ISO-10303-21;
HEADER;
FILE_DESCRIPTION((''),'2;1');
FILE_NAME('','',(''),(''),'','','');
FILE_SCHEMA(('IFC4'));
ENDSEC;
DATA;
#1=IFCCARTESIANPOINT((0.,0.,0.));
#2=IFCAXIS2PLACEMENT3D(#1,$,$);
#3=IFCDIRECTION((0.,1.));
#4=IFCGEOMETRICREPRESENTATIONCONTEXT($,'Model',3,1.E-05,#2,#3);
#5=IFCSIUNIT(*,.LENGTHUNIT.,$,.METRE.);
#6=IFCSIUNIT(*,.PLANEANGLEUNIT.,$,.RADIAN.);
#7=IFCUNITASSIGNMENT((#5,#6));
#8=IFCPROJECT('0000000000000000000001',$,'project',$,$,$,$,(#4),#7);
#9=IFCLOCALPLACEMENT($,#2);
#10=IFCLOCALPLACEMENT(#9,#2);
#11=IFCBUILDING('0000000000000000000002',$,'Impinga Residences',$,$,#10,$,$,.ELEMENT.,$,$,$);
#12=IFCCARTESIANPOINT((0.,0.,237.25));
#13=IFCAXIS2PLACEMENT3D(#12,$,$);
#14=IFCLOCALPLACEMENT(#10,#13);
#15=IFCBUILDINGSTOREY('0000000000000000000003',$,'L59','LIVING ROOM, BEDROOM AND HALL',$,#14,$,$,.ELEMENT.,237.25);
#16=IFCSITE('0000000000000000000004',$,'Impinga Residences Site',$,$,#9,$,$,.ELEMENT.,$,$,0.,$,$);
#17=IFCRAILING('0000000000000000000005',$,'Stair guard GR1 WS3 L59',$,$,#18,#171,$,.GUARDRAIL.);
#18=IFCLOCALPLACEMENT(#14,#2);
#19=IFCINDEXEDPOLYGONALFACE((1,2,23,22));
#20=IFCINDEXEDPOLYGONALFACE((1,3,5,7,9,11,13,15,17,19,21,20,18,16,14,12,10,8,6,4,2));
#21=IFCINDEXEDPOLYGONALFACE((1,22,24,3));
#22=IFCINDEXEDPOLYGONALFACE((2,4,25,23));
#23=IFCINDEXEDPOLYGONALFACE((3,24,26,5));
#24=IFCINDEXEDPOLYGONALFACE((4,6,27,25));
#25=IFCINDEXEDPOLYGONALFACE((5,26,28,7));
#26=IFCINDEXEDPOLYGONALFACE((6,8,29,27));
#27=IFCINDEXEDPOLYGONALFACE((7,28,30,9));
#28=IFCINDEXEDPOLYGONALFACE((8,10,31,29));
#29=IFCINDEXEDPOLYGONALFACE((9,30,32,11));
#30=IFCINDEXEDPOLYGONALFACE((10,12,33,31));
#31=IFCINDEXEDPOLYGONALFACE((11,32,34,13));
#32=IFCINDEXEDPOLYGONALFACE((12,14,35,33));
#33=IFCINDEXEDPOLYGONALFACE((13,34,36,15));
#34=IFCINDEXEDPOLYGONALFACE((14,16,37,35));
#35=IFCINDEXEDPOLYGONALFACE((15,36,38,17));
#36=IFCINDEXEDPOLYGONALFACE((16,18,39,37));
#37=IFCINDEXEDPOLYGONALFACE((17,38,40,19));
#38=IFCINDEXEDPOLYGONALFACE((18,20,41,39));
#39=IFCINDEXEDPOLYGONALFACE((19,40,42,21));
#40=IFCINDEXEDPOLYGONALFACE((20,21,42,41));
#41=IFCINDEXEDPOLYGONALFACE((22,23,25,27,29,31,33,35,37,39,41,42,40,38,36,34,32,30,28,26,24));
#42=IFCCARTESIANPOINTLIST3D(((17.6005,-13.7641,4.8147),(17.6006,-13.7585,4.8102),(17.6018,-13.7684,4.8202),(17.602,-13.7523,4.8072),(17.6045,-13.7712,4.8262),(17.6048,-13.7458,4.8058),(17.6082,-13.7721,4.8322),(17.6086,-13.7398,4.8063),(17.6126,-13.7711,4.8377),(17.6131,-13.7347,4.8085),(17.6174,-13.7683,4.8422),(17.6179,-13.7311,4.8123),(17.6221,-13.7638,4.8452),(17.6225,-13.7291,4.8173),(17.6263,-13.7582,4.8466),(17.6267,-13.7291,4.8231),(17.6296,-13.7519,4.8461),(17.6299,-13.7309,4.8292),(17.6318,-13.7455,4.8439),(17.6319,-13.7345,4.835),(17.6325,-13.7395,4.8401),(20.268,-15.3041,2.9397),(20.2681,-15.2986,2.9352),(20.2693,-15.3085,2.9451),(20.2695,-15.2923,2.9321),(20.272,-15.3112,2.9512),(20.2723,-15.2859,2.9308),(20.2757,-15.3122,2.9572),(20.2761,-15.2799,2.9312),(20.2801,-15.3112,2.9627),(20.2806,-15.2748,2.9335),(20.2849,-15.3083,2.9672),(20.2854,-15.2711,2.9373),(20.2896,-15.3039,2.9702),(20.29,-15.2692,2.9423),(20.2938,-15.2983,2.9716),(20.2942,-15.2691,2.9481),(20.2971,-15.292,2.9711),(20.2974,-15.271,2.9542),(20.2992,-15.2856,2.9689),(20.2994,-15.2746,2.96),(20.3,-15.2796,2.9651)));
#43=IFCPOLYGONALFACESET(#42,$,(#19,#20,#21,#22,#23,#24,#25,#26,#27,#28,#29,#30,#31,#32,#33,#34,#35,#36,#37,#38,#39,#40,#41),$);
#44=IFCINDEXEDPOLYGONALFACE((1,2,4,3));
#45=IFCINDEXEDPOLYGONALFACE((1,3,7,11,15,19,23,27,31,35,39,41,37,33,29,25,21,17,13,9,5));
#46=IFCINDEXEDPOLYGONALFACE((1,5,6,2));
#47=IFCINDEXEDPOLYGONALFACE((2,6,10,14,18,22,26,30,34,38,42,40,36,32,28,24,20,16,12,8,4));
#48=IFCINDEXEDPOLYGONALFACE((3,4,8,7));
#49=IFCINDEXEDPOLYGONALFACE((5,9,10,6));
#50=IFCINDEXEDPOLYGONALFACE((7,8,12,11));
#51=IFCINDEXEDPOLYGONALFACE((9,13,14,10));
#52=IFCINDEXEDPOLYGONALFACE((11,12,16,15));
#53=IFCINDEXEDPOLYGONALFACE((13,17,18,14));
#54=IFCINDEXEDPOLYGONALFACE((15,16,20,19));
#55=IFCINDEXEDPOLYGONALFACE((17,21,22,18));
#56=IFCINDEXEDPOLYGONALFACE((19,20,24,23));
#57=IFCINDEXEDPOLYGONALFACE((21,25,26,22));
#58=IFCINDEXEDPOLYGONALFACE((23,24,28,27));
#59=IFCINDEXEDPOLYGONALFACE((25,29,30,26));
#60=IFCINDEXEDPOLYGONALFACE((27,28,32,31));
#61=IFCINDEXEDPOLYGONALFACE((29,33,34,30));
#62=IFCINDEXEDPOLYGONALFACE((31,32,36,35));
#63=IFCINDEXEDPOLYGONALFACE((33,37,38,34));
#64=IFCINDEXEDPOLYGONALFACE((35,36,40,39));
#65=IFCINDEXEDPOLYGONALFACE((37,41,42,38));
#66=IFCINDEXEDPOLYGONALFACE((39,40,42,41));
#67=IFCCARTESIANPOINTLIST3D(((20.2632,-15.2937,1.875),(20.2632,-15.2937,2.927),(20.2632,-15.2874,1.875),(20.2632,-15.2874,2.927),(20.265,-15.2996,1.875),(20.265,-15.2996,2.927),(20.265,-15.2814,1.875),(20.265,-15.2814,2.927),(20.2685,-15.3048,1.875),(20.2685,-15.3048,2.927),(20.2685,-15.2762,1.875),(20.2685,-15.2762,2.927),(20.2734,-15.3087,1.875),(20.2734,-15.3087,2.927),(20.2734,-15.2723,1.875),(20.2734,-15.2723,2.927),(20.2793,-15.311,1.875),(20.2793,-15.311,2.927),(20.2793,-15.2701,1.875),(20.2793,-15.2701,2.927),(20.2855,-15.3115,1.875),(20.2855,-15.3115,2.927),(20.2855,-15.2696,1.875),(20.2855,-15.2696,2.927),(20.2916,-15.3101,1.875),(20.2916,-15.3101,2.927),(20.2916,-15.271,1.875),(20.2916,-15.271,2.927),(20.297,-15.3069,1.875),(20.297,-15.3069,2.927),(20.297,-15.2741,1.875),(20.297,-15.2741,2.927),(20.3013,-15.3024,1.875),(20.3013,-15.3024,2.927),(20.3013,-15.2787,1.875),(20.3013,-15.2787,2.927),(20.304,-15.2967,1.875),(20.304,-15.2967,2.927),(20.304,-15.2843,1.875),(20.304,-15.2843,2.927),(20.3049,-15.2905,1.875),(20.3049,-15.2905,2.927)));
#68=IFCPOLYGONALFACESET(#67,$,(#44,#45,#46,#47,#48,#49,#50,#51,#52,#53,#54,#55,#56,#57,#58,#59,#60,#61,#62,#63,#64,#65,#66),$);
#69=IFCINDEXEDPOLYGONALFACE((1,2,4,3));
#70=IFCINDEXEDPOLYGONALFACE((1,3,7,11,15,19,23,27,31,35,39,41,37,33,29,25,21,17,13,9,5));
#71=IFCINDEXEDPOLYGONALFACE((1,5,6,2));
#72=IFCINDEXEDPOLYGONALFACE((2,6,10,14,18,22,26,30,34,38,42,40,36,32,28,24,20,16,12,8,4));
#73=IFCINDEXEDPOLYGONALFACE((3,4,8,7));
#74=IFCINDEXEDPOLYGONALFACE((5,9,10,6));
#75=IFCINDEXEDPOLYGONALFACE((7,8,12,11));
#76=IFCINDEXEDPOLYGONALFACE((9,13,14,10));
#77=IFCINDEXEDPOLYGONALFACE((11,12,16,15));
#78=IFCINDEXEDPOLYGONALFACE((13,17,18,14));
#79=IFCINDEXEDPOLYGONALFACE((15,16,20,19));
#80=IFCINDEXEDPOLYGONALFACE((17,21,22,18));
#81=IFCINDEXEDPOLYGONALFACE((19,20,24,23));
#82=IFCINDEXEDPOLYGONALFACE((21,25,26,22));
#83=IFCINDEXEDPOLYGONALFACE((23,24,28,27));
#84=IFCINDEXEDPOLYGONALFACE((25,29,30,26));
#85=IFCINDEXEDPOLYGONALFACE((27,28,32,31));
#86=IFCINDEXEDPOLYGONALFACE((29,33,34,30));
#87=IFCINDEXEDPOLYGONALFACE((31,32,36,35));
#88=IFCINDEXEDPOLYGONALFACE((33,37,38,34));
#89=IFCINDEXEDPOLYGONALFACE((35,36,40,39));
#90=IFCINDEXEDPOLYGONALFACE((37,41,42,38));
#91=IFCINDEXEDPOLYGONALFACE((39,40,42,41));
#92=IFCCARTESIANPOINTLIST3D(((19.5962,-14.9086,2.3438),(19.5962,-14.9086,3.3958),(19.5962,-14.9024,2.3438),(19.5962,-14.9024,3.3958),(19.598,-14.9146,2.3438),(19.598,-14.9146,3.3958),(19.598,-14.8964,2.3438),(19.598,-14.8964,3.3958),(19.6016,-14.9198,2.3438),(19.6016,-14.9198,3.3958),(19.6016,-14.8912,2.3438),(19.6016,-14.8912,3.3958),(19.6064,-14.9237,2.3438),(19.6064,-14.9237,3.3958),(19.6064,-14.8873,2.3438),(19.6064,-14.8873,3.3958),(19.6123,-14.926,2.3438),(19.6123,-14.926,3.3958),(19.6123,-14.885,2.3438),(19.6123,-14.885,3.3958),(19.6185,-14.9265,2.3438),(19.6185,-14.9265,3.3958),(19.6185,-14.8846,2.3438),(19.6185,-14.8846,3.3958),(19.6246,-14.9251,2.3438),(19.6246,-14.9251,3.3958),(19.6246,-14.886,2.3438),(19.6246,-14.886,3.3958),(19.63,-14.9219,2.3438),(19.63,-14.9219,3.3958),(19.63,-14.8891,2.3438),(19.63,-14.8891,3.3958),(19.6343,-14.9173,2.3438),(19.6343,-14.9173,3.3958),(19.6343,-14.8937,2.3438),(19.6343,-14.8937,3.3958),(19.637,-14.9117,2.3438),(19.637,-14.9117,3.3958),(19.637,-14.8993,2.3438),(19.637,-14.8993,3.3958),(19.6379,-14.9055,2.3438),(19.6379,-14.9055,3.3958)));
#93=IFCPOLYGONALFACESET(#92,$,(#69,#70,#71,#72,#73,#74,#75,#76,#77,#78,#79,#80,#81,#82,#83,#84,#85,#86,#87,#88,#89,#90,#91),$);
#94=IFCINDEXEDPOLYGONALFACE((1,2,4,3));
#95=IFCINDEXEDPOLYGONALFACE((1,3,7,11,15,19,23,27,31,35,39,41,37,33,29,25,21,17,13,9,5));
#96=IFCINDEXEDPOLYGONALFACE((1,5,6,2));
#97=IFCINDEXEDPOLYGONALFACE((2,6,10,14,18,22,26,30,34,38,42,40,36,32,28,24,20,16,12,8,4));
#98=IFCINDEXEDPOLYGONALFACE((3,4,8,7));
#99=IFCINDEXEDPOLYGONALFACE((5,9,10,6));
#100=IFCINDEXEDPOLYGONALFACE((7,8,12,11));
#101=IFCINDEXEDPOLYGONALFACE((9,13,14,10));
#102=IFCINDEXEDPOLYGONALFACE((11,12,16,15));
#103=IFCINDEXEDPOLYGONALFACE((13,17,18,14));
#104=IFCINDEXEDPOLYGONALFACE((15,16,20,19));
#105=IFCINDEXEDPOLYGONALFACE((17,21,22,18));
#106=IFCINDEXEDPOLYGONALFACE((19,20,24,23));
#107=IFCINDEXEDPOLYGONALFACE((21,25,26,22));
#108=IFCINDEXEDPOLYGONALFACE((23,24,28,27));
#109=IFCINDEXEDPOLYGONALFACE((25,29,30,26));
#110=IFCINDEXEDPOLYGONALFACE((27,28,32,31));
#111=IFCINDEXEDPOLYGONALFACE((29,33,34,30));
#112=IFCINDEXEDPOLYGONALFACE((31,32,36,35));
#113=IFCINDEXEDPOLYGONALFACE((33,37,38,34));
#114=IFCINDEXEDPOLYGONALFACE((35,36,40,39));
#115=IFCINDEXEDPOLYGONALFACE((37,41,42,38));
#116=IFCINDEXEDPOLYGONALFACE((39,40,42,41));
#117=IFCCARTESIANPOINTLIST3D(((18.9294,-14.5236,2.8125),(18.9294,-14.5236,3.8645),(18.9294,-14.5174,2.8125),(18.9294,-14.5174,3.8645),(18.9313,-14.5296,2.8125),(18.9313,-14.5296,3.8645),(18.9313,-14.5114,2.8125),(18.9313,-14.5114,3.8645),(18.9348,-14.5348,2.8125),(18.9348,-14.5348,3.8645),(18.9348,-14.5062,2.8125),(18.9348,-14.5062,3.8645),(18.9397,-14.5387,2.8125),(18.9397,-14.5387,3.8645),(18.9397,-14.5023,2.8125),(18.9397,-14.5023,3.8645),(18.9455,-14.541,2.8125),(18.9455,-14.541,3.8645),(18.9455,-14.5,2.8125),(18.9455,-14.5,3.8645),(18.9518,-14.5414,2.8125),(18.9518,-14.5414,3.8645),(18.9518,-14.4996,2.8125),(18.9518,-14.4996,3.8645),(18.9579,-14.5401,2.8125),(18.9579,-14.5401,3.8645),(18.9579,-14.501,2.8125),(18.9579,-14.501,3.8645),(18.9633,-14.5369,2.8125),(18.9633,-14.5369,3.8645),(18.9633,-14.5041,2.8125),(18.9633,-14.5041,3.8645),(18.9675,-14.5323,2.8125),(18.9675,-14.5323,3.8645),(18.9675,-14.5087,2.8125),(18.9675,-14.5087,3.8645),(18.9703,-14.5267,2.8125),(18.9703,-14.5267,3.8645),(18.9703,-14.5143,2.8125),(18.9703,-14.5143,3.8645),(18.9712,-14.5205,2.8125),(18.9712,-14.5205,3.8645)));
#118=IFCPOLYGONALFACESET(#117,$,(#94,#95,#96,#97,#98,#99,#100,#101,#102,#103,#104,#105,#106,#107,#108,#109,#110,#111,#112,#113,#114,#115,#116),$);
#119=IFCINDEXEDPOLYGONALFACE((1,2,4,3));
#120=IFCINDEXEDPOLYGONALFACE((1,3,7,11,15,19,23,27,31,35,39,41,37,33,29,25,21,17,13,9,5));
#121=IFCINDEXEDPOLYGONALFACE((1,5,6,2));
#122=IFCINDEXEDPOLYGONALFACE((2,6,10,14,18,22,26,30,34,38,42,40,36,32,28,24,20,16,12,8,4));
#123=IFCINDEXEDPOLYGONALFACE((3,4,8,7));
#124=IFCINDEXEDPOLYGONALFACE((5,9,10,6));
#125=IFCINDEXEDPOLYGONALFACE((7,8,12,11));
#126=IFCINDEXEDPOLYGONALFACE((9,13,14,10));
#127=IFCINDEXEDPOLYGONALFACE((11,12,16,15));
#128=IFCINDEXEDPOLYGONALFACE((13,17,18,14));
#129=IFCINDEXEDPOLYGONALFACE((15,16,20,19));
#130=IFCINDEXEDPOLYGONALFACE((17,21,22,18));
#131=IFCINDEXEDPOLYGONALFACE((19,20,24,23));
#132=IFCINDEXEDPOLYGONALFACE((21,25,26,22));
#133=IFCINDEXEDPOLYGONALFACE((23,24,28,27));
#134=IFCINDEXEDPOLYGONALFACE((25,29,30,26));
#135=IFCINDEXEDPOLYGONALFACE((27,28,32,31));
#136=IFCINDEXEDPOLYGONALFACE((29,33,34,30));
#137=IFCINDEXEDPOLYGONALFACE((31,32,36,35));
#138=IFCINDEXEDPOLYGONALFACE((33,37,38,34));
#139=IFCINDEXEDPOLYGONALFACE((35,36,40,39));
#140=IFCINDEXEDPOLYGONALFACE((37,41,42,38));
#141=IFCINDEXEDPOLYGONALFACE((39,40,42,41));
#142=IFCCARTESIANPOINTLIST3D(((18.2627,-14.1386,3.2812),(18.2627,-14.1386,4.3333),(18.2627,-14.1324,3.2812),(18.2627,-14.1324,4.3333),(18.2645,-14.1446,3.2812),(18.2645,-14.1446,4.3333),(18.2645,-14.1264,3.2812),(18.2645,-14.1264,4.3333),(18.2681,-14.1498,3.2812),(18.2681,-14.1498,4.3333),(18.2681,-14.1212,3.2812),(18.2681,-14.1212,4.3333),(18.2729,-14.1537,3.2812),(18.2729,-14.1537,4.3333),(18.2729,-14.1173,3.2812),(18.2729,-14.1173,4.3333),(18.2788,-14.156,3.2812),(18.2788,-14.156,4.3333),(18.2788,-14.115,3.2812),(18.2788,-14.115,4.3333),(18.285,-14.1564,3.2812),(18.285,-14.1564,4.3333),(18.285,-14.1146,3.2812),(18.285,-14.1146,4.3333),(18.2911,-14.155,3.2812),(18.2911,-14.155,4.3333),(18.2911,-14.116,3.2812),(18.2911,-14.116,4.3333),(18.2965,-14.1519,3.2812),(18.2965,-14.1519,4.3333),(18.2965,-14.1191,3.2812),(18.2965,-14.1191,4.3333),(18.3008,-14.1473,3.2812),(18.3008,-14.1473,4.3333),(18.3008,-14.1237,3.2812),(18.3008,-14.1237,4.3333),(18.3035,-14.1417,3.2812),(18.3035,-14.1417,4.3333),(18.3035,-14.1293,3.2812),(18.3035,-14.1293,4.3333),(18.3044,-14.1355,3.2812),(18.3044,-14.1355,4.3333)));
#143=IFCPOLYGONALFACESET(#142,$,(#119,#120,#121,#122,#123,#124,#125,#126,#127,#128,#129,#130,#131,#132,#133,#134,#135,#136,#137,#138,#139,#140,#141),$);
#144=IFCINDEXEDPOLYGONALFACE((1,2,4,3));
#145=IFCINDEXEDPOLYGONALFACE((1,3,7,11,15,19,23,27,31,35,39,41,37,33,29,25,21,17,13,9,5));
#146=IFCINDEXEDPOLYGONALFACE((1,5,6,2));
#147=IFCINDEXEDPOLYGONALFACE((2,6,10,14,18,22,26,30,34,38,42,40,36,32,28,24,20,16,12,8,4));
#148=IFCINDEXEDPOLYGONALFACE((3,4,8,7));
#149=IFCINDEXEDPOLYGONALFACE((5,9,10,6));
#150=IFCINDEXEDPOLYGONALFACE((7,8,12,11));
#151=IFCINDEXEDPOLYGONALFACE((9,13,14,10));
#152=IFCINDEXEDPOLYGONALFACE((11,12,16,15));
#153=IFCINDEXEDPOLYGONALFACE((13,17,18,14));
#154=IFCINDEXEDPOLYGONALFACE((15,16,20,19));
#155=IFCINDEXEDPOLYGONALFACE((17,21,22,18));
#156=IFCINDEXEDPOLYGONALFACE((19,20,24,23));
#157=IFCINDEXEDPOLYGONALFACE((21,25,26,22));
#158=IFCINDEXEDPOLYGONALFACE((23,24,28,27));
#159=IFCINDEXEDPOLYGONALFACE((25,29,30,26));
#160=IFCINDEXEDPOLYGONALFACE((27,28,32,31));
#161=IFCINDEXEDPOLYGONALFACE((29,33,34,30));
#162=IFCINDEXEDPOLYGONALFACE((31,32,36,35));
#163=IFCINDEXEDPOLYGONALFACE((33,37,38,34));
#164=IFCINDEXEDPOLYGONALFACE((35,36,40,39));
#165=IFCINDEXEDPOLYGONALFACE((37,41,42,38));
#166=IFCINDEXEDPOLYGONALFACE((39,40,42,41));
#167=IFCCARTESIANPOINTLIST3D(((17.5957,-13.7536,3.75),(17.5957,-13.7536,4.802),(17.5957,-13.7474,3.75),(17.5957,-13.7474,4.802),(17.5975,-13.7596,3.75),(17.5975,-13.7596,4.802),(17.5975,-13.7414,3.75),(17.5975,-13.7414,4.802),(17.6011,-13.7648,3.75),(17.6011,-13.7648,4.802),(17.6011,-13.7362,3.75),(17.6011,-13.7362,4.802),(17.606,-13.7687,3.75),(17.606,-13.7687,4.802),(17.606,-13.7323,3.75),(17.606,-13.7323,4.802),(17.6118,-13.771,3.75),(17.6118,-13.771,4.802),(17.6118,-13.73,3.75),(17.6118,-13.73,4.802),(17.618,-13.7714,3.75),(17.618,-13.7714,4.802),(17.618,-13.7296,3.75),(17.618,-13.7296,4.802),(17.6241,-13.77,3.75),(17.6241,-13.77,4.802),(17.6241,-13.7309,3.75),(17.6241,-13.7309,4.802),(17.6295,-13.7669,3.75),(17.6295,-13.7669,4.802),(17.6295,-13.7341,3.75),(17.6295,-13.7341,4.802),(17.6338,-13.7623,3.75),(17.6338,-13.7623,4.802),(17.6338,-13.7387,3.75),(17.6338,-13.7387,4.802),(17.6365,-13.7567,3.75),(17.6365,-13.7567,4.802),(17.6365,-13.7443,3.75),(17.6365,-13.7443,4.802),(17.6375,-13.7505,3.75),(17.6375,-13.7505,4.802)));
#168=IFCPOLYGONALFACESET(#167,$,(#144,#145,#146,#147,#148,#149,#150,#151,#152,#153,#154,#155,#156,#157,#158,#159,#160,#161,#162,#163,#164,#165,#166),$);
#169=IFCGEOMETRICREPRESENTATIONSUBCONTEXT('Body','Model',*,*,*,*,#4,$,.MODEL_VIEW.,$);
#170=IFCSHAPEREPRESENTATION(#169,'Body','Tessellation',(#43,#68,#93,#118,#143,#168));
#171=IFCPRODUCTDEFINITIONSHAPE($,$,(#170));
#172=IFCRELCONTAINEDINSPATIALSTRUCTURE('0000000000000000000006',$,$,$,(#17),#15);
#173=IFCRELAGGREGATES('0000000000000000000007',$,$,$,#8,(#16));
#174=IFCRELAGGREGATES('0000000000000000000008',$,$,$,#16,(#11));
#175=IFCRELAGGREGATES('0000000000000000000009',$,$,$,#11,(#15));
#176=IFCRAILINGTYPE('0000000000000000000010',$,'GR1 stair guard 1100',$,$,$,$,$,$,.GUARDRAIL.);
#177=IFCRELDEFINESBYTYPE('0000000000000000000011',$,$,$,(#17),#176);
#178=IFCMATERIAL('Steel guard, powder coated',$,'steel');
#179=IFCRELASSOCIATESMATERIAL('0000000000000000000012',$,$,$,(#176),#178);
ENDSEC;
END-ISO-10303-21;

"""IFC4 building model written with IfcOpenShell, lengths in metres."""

from ifc_helpers import new_model, si_unit, direction, frame, origin, origin_2d, place, context, subcontext, project, spatial, circle, extrude, material, type_object, element, save


model = new_model("IFC4")

# Units and contexts
model_context = context("Model", 3, precision=1e-05, world=origin(), true_north=direction((0.0, 1.0)))
body_context = subcontext(model_context, "Body", "Model", "MODEL_VIEW")
ifc_project = project(units=[si_unit("LENGTHUNIT", "METRE"), si_unit("PLANEANGLEUNIT", "RADIAN")], contexts=[model_context])

# Site, building, storey
site_placement = place(None, origin())
site = spatial("IfcSite", under=ifc_project, at=site_placement, Name="Impinga Residences Site", CompositionType="ELEMENT", RefElevation=0.0)
building_placement = place(site_placement, origin())
building = spatial("IfcBuilding", under=site, at=building_placement, Name="Impinga Residences", CompositionType="ELEMENT")
storey_placement = place(building_placement, frame((0.0, 0.0, 237.25)))
storey = spatial("IfcBuildingStorey", under=building, at=storey_placement, Name="L59", Description="LIVING ROOM, BEDROOM AND HALL", CompositionType="ELEMENT", Elevation=237.25)

# Railing
ifc_material_1 = material(Name="Steel guard, powder coated", Category="steel")
railing_type_1 = type_object("IfcRailingType", Name="GR1 stair guard 1100", PredefinedType="GUARDRAIL", material=ifc_material_1)
railing_1_placement = place(storey_placement, frame((20.2839, -15.2905, 1.875)))
element("IfcRailing", 1, at=railing_1_placement, inside=storey, type_object=railing_type_1, Name="Stair guard GR1 WS3 L59", PredefinedType="GUARDRAIL", context=body_context, shape_type="SweptSolid", body=[
    extrude(circle(Radius=0.0239, at=origin_2d()), frame((0.0, 0.0, 1.0762), z_axis=(-0.739746, 0.427084, 0.519975), x_axis=(-0.499992, -0.86603, 0.0)), (0.0, 0.0, 1.0), 3.606),
    extrude(circle(Radius=0.021, at=origin_2d()), origin(), (0.0, 0.0, 1.0), 1.052),
    extrude(circle(Radius=0.021, at=origin_2d()), frame((-0.667, 0.385, 0.4688)), (0.0, 0.0, 1.0), 1.052),
    extrude(circle(Radius=0.021, at=origin_2d()), frame((-1.3337, 0.77, 0.9375)), (0.0, 0.0, 1.0), 1.052),
    extrude(circle(Radius=0.021, at=origin_2d()), frame((-2.0005, 1.155, 1.4062)), (0.0, 0.0, 1.0), 1.052),
    extrude(circle(Radius=0.021, at=origin_2d()), frame((-2.6675, 1.54, 1.875)), (0.0, 0.0, 1.0), 1.052),
])

save(model, "model.ifc")
